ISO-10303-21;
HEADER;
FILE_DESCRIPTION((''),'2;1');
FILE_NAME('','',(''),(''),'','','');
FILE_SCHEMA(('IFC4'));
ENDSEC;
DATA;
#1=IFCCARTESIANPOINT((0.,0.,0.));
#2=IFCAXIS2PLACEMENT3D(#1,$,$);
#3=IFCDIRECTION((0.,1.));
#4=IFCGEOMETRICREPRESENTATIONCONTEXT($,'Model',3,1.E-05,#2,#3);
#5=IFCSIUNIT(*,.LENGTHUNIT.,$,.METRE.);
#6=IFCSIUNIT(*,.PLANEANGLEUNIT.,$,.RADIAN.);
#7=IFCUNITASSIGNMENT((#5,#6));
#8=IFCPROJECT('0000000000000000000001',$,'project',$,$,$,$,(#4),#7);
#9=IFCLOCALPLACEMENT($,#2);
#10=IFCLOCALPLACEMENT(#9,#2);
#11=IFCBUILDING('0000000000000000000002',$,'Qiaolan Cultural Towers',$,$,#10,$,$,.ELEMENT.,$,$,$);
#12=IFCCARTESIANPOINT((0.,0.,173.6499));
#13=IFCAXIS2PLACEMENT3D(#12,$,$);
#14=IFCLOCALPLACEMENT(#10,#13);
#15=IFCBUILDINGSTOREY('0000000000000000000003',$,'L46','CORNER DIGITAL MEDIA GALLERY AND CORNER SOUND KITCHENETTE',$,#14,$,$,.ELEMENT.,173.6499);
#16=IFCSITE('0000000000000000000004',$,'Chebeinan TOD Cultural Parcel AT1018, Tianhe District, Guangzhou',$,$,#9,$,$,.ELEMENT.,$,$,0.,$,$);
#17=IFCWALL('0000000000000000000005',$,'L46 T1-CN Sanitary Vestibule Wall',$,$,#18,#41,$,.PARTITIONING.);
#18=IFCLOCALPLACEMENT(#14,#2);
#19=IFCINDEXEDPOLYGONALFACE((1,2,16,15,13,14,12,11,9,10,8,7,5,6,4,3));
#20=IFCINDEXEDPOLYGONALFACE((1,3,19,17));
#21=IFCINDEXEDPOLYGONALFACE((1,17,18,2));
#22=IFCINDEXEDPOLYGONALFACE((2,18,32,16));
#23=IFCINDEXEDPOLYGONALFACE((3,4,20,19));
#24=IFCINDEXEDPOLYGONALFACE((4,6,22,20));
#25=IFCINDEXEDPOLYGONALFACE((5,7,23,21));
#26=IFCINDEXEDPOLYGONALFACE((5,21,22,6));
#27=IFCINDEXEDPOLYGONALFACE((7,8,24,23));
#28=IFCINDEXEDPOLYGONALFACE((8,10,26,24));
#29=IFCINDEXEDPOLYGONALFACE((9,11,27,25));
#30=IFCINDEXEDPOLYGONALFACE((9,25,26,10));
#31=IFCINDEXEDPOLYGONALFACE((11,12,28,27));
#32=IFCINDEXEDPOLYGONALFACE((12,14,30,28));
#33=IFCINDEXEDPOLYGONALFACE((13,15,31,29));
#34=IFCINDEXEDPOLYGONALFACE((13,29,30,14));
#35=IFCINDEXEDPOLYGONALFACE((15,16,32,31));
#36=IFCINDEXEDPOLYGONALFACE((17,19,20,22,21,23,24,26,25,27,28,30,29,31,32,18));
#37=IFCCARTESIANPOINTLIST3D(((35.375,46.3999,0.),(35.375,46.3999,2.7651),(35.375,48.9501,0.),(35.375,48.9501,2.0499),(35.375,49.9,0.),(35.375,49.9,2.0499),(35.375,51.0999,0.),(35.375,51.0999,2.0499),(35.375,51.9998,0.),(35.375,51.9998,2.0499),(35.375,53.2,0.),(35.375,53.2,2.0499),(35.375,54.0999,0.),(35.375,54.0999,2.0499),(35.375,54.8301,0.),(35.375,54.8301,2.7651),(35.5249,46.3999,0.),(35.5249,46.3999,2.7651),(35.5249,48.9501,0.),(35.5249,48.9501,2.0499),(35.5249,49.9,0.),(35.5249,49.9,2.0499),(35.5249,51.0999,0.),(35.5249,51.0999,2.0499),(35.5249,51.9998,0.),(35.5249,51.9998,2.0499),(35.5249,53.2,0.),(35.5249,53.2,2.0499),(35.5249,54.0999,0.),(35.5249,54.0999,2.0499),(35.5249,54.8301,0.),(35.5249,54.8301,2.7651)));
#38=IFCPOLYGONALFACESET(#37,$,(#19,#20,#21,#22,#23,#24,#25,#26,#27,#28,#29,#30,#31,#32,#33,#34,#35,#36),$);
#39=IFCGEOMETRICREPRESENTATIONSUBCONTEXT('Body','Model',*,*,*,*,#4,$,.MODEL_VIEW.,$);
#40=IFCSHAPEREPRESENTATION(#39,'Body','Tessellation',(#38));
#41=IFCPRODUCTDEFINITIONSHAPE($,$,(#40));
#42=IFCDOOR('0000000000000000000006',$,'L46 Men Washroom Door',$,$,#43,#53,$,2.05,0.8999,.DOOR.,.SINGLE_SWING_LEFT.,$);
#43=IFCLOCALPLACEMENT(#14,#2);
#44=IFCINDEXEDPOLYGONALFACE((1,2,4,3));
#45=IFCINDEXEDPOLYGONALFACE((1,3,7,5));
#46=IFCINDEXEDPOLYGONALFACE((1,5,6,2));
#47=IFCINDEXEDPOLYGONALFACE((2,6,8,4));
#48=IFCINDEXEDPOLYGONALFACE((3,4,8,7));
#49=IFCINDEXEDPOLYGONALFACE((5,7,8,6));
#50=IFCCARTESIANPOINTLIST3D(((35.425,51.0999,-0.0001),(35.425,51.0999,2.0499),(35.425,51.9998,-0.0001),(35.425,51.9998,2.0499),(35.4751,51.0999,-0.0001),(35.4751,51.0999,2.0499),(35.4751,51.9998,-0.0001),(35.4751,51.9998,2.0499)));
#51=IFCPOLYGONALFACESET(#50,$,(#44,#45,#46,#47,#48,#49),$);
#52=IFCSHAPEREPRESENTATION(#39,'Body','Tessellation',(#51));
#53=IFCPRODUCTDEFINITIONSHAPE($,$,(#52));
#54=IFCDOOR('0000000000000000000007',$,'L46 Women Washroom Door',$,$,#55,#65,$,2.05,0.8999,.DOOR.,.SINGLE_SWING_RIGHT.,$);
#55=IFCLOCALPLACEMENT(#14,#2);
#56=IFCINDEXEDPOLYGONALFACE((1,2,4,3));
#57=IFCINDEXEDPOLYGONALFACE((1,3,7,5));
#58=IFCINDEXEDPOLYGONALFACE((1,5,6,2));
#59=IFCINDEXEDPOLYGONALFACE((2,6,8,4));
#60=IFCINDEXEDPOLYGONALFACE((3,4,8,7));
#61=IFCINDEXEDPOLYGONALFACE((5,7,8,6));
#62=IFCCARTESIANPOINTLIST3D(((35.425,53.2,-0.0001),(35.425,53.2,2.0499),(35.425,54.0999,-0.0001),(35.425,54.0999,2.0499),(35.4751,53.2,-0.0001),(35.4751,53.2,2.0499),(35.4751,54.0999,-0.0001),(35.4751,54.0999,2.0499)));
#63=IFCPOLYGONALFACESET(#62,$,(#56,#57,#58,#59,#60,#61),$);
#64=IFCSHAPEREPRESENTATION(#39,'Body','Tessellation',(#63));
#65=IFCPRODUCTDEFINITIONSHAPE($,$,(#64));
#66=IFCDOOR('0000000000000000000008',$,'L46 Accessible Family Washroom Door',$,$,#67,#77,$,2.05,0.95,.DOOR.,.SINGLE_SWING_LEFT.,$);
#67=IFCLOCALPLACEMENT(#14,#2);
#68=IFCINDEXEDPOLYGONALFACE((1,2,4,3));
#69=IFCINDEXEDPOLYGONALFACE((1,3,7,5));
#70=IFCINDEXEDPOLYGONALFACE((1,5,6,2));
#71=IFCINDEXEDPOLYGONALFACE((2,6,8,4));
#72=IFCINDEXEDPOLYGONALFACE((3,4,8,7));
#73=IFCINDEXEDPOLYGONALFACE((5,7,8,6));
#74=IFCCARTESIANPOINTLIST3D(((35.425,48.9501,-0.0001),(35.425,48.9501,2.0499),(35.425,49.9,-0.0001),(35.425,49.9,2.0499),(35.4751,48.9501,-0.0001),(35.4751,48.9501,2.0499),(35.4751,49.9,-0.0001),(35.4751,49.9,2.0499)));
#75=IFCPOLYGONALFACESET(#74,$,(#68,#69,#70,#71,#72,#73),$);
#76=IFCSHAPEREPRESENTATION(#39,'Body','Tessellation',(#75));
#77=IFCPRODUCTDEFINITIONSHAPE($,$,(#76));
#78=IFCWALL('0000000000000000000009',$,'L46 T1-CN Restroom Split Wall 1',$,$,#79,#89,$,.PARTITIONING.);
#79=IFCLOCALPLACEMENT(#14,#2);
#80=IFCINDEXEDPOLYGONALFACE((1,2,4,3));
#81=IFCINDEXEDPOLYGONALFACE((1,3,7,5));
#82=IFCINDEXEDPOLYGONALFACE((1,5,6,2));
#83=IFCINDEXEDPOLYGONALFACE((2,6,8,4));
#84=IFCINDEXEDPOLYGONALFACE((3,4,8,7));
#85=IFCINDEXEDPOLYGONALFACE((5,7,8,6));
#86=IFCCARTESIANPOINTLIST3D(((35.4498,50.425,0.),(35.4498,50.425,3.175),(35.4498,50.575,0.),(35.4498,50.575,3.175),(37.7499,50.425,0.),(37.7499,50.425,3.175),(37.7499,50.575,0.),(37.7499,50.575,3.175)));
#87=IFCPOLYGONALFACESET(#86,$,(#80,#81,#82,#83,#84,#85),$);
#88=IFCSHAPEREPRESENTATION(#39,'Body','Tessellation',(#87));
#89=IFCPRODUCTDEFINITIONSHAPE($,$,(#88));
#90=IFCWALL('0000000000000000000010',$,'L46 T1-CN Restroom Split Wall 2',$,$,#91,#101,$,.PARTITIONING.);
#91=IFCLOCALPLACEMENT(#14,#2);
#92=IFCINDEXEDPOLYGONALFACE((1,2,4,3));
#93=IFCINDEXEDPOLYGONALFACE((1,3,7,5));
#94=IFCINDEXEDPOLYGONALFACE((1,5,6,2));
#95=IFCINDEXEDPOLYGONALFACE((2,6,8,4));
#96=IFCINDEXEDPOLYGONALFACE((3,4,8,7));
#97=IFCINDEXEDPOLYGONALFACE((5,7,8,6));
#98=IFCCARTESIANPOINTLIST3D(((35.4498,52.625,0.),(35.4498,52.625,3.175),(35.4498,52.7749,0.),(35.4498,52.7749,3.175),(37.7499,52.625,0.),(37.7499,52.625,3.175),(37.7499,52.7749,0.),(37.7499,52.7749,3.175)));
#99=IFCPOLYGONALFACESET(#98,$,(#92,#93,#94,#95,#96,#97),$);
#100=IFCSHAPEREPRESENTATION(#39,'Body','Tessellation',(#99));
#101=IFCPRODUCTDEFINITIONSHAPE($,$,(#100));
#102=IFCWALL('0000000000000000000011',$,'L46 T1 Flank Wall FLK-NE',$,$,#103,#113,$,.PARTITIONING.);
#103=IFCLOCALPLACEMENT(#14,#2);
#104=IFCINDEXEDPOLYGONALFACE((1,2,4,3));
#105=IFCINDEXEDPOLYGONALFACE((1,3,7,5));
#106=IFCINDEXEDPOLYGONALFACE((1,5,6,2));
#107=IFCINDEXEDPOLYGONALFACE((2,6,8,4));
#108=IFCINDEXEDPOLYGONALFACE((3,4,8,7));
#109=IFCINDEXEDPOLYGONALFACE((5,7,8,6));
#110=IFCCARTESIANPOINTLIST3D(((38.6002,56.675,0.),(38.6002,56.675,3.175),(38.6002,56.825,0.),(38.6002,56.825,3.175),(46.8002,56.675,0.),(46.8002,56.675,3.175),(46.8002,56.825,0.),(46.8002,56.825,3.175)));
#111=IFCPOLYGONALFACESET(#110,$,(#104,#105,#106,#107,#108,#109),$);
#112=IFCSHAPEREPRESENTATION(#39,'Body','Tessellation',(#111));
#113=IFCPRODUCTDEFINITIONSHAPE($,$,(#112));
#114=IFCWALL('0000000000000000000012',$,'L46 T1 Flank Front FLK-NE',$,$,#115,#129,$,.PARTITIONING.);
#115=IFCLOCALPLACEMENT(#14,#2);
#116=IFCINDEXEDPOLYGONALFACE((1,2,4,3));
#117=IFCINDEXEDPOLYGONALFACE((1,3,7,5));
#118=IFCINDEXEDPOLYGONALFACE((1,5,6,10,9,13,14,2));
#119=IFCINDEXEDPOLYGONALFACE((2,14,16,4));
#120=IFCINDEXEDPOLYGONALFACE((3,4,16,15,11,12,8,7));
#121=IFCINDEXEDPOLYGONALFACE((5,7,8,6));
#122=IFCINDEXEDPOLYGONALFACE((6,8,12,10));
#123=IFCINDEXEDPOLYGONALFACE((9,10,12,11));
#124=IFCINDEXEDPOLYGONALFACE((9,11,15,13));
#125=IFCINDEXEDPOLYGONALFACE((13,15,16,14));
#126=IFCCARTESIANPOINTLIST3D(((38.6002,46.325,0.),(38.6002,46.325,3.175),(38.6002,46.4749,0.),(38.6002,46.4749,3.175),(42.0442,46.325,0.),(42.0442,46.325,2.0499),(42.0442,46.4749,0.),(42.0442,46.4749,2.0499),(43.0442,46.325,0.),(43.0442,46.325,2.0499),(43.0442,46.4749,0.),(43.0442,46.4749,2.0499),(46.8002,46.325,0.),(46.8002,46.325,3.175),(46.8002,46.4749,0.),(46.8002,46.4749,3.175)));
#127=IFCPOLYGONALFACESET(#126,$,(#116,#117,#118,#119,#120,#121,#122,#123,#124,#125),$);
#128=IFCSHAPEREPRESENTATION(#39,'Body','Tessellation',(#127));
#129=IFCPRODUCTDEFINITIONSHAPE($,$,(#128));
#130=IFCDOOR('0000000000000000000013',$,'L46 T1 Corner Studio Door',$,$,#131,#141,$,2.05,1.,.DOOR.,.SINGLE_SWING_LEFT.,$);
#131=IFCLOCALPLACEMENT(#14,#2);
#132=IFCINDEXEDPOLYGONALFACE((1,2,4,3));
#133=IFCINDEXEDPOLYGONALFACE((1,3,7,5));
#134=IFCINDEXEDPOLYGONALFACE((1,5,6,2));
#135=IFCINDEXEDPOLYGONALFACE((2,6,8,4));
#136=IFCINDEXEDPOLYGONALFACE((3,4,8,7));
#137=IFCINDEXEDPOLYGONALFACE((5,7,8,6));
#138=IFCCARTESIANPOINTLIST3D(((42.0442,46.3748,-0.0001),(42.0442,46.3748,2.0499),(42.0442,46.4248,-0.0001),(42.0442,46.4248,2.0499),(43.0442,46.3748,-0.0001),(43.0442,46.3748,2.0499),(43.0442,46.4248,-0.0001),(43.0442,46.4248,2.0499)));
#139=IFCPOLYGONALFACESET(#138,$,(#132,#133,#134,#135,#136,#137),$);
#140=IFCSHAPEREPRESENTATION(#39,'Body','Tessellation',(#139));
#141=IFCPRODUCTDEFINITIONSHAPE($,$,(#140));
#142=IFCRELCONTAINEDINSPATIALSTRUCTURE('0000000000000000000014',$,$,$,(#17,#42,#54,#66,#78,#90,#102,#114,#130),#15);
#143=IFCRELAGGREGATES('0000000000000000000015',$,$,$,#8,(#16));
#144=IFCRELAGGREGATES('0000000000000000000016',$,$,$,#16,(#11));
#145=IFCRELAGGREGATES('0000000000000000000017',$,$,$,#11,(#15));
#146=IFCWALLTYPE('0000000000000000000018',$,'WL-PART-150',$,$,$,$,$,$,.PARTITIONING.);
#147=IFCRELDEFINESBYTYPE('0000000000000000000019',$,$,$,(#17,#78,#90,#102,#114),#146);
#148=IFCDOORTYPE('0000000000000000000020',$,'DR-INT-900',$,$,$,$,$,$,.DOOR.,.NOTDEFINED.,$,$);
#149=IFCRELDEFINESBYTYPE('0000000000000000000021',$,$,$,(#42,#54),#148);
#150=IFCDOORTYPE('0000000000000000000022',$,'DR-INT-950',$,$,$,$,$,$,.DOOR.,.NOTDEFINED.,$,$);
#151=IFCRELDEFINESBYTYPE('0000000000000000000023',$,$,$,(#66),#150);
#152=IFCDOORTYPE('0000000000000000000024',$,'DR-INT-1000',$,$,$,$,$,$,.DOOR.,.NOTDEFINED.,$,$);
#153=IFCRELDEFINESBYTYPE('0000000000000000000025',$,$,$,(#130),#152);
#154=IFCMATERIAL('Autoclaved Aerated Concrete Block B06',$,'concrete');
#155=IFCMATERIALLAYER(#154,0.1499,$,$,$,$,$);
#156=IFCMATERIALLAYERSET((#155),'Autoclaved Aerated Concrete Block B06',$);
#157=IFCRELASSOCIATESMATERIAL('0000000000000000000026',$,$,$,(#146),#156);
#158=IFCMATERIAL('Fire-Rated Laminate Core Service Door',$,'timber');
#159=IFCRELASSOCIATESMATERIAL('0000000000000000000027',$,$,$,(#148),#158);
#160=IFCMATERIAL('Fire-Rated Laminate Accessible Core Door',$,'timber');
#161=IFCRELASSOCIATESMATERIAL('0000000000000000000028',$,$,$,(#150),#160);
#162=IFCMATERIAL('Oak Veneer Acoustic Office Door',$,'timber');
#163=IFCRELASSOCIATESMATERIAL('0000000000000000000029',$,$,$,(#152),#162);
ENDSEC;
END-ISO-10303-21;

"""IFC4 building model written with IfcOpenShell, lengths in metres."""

from ifc_helpers import new_model, si_unit, direction, frame, frame_2d, origin, place, context, subcontext, project, spatial, rectangle, extrude, material, layer, layer_set, type_object, element, fill, save


model = new_model("IFC4")

# Units and contexts
model_context = context("Model", 3, precision=1e-05, world=origin(), true_north=direction((0.0, 1.0)))
body_context = subcontext(model_context, "Body", "Model", "MODEL_VIEW")
ifc_project = project(units=[si_unit("LENGTHUNIT", "METRE"), si_unit("PLANEANGLEUNIT", "RADIAN")], contexts=[model_context])

# Site, building, storey
site_placement = place(None, origin())
site = spatial("IfcSite", under=ifc_project, at=site_placement, Name="Chebeinan TOD Cultural Parcel AT1018, Tianhe District, Guangzhou", CompositionType="ELEMENT", RefElevation=0.0)
building_placement = place(site_placement, origin())
building = spatial("IfcBuilding", under=site, at=building_placement, Name="Qiaolan Cultural Towers", CompositionType="ELEMENT")
storey_placement = place(building_placement, frame((0.0, 0.0, 173.6499)))
storey = spatial("IfcBuildingStorey", under=building, at=storey_placement, Name="L46", Description="CORNER DIGITAL MEDIA GALLERY AND CORNER SOUND KITCHENETTE", CompositionType="ELEMENT", Elevation=173.6499)

# Wall, openings, doors
ifc_material_1 = material(Name="Autoclaved Aerated Concrete Block B06", Category="concrete")
ifc_layer_1 = layer(ifc_material_1, 0.1499)
ifc_layer_set_1 = layer_set([ifc_layer_1], Name="Autoclaved Aerated Concrete Block B06")
wall_type_1 = type_object("IfcWallType", Name="WL-PART-150", PredefinedType="PARTITIONING", material=ifc_layer_set_1)
wall_1_placement = place(storey_placement, frame((35.45, 46.3999, 0.0), z_axis=(0.0, 0.0, 1.0), x_axis=(0.0, 1.0, 0.0)))
wall_1 = element("IfcWall", 1, at=wall_1_placement, inside=storey, type_object=wall_type_1, Name="L46 T1-CN Sanitary Vestibule Wall", PredefinedType="PARTITIONING", context=body_context, shape_type="SweptSolid", body=[
    extrude(rectangle(XDim=8.4302, YDim=0.1499, at=frame_2d((4.2151, 0.0))), origin(), (0.0, 0.0, 1.0), 2.7651),
])
opening_1_placement = place(wall_1_placement, frame((2.55, 0.0, 0.0)))
opening_1 = element("IfcOpeningElement", 2, at=opening_1_placement, cuts=wall_1, PredefinedType="OPENING", context=body_context, shape_type="SweptSolid", body=[
    extrude(rectangle(XDim=0.95, YDim=2.05, at=frame_2d((0.4751, 1.0249))), frame((0.0, 0.085, 0.0), z_axis=(0.0, -1.0, 0.0), x_axis=(1.0, 0.0, 0.0)), (0.0, 0.0, 1.0), 0.1699),
])
opening_2_placement = place(wall_1_placement, frame((4.7, 0.0, 0.0)))
opening_2 = element("IfcOpeningElement", 3, at=opening_2_placement, cuts=wall_1, PredefinedType="OPENING", context=body_context, shape_type="SweptSolid", body=[
    extrude(rectangle(XDim=0.8999, YDim=2.05, at=frame_2d((0.45, 1.0249))), frame((0.0, 0.085, 0.0), z_axis=(0.0, -1.0, 0.0), x_axis=(1.0, 0.0, 0.0)), (0.0, 0.0, 1.0), 0.1699),
])
opening_3_placement = place(wall_1_placement, frame((6.8, 0.0, 0.0)))
opening_3 = element("IfcOpeningElement", 4, at=opening_3_placement, cuts=wall_1, PredefinedType="OPENING", context=body_context, shape_type="SweptSolid", body=[
    extrude(rectangle(XDim=0.8999, YDim=2.05, at=frame_2d((0.45, 1.0249))), frame((0.0, 0.085, 0.0), z_axis=(0.0, -1.0, 0.0), x_axis=(1.0, 0.0, 0.0)), (0.0, 0.0, 1.0), 0.1699),
])
ifc_material_2 = material(Name="Fire-Rated Laminate Core Service Door", Category="timber")
door_type_1 = type_object("IfcDoorType", Name="DR-INT-900", OperationType="NOTDEFINED", PredefinedType="DOOR", material=ifc_material_2)
door_1_placement = place(opening_2_placement, origin())
door_1 = element("IfcDoor", 5, at=door_1_placement, inside=storey, type_object=door_type_1, Name="L46 Men Washroom Door", OperationType="SINGLE_SWING_LEFT", OverallHeight=2.05, OverallWidth=0.8999, PredefinedType="DOOR", context=body_context, shape_type="SweptSolid", body=[
    extrude(rectangle(XDim=0.8999, YDim=2.05, at=frame_2d((0.45, 1.0249))), frame((0.0, 0.0249, 0.0), z_axis=(0.0, -1.0, 0.0), x_axis=(1.0, 0.0, 0.0)), (0.0, 0.0, 1.0), 0.05),
])
fill(opening_2, door_1)
door_2_placement = place(opening_3_placement, origin())
door_2 = element("IfcDoor", 6, at=door_2_placement, inside=storey, type_object=door_type_1, Name="L46 Women Washroom Door", OperationType="SINGLE_SWING_RIGHT", OverallHeight=2.05, OverallWidth=0.8999, PredefinedType="DOOR", context=body_context, shape_type="SweptSolid", body=[
    extrude(rectangle(XDim=0.8999, YDim=2.05, at=frame_2d((0.45, 1.0249))), frame((0.0, 0.0249, 0.0), z_axis=(0.0, -1.0, 0.0), x_axis=(1.0, 0.0, 0.0)), (0.0, 0.0, 1.0), 0.05),
])
fill(opening_3, door_2)
ifc_material_3 = material(Name="Fire-Rated Laminate Accessible Core Door", Category="timber")
door_type_2 = type_object("IfcDoorType", Name="DR-INT-950", OperationType="NOTDEFINED", PredefinedType="DOOR", material=ifc_material_3)
door_3_placement = place(opening_1_placement, origin())
door_3 = element("IfcDoor", 7, at=door_3_placement, inside=storey, type_object=door_type_2, Name="L46 Accessible Family Washroom Door", OperationType="SINGLE_SWING_LEFT", OverallHeight=2.05, OverallWidth=0.95, PredefinedType="DOOR", context=body_context, shape_type="SweptSolid", body=[
    extrude(rectangle(XDim=0.95, YDim=2.05, at=frame_2d((0.4751, 1.0249))), frame((0.0, 0.0249, 0.0), z_axis=(0.0, -1.0, 0.0), x_axis=(1.0, 0.0, 0.0)), (0.0, 0.0, 1.0), 0.05),
])
fill(opening_1, door_3)

# Walls
for number, where, z_axis, x_axis, name in (
    (8, (35.45, 50.5, 0.0), (0.0, 0.0, 1.0), (1.0, 0.0, 0.0), "L46 T1-CN Restroom Split Wall 1"),
    (9, (35.45, 52.7, 0.0), (0.0, 0.0, 1.0), (1.0, 0.0, 0.0), "L46 T1-CN Restroom Split Wall 2"),
):
    element("IfcWall", number, at=place(storey_placement, frame(where, z_axis=z_axis, x_axis=x_axis)), inside=storey, type_object=wall_type_1, Name=name, PredefinedType="PARTITIONING", context=body_context, shape_type="SweptSolid", body=[
        extrude(rectangle(XDim=2.3, YDim=0.1499, at=frame_2d((1.1499, 0.0))), origin(), (0.0, 0.0, 1.0), 3.175),
    ])
wall_2_placement = place(storey_placement, frame((38.6001, 56.75, 0.0), z_axis=(0.0, 0.0, 1.0), x_axis=(1.0, 0.0, 0.0)))
element("IfcWall", 10, at=wall_2_placement, inside=storey, type_object=wall_type_1, Name="L46 T1 Flank Wall FLK-NE", PredefinedType="PARTITIONING", context=body_context, shape_type="SweptSolid", body=[
    extrude(rectangle(XDim=8.2, YDim=0.1499, at=frame_2d((4.1001, 0.0))), origin(), (0.0, 0.0, 1.0), 3.175),
])

# Wall, opening, door
wall_3_placement = place(storey_placement, frame((38.6001, 46.3999, 0.0), z_axis=(0.0, 0.0, 1.0), x_axis=(1.0, 0.0, 0.0)))
wall_3 = element("IfcWall", 11, at=wall_3_placement, inside=storey, type_object=wall_type_1, Name="L46 T1 Flank Front FLK-NE", PredefinedType="PARTITIONING", context=body_context, shape_type="SweptSolid", body=[
    extrude(rectangle(XDim=8.2, YDim=0.1499, at=frame_2d((4.1001, 0.0))), origin(), (0.0, 0.0, 1.0), 3.175),
])
opening_4_placement = place(wall_3_placement, frame((3.4441, 0.0, 0.0)))
opening_4 = element("IfcOpeningElement", 12, at=opening_4_placement, cuts=wall_3, PredefinedType="OPENING", context=body_context, shape_type="SweptSolid", body=[
    extrude(rectangle(XDim=1.0, YDim=2.05, at=frame_2d((0.5, 1.0249))), frame((0.0, 0.085, 0.0), z_axis=(0.0, -1.0, 0.0), x_axis=(1.0, 0.0, 0.0)), (0.0, 0.0, 1.0), 0.1699),
])
ifc_material_4 = material(Name="Oak Veneer Acoustic Office Door", Category="timber")
door_type_3 = type_object("IfcDoorType", Name="DR-INT-1000", OperationType="NOTDEFINED", PredefinedType="DOOR", material=ifc_material_4)
door_4_placement = place(opening_4_placement, origin())
door_4 = element("IfcDoor", 13, at=door_4_placement, inside=storey, type_object=door_type_3, Name="L46 T1 Corner Studio Door", OperationType="SINGLE_SWING_LEFT", OverallHeight=2.05, OverallWidth=1.0, PredefinedType="DOOR", context=body_context, shape_type="SweptSolid", body=[
    extrude(rectangle(XDim=1.0, YDim=2.05, at=frame_2d((0.5, 1.0249))), frame((0.0, 0.0249, 0.0), z_axis=(0.0, -1.0, 0.0), x_axis=(1.0, 0.0, 0.0)), (0.0, 0.0, 1.0), 0.05),
])
fill(opening_4, door_4)

save(model, "model.ifc")
